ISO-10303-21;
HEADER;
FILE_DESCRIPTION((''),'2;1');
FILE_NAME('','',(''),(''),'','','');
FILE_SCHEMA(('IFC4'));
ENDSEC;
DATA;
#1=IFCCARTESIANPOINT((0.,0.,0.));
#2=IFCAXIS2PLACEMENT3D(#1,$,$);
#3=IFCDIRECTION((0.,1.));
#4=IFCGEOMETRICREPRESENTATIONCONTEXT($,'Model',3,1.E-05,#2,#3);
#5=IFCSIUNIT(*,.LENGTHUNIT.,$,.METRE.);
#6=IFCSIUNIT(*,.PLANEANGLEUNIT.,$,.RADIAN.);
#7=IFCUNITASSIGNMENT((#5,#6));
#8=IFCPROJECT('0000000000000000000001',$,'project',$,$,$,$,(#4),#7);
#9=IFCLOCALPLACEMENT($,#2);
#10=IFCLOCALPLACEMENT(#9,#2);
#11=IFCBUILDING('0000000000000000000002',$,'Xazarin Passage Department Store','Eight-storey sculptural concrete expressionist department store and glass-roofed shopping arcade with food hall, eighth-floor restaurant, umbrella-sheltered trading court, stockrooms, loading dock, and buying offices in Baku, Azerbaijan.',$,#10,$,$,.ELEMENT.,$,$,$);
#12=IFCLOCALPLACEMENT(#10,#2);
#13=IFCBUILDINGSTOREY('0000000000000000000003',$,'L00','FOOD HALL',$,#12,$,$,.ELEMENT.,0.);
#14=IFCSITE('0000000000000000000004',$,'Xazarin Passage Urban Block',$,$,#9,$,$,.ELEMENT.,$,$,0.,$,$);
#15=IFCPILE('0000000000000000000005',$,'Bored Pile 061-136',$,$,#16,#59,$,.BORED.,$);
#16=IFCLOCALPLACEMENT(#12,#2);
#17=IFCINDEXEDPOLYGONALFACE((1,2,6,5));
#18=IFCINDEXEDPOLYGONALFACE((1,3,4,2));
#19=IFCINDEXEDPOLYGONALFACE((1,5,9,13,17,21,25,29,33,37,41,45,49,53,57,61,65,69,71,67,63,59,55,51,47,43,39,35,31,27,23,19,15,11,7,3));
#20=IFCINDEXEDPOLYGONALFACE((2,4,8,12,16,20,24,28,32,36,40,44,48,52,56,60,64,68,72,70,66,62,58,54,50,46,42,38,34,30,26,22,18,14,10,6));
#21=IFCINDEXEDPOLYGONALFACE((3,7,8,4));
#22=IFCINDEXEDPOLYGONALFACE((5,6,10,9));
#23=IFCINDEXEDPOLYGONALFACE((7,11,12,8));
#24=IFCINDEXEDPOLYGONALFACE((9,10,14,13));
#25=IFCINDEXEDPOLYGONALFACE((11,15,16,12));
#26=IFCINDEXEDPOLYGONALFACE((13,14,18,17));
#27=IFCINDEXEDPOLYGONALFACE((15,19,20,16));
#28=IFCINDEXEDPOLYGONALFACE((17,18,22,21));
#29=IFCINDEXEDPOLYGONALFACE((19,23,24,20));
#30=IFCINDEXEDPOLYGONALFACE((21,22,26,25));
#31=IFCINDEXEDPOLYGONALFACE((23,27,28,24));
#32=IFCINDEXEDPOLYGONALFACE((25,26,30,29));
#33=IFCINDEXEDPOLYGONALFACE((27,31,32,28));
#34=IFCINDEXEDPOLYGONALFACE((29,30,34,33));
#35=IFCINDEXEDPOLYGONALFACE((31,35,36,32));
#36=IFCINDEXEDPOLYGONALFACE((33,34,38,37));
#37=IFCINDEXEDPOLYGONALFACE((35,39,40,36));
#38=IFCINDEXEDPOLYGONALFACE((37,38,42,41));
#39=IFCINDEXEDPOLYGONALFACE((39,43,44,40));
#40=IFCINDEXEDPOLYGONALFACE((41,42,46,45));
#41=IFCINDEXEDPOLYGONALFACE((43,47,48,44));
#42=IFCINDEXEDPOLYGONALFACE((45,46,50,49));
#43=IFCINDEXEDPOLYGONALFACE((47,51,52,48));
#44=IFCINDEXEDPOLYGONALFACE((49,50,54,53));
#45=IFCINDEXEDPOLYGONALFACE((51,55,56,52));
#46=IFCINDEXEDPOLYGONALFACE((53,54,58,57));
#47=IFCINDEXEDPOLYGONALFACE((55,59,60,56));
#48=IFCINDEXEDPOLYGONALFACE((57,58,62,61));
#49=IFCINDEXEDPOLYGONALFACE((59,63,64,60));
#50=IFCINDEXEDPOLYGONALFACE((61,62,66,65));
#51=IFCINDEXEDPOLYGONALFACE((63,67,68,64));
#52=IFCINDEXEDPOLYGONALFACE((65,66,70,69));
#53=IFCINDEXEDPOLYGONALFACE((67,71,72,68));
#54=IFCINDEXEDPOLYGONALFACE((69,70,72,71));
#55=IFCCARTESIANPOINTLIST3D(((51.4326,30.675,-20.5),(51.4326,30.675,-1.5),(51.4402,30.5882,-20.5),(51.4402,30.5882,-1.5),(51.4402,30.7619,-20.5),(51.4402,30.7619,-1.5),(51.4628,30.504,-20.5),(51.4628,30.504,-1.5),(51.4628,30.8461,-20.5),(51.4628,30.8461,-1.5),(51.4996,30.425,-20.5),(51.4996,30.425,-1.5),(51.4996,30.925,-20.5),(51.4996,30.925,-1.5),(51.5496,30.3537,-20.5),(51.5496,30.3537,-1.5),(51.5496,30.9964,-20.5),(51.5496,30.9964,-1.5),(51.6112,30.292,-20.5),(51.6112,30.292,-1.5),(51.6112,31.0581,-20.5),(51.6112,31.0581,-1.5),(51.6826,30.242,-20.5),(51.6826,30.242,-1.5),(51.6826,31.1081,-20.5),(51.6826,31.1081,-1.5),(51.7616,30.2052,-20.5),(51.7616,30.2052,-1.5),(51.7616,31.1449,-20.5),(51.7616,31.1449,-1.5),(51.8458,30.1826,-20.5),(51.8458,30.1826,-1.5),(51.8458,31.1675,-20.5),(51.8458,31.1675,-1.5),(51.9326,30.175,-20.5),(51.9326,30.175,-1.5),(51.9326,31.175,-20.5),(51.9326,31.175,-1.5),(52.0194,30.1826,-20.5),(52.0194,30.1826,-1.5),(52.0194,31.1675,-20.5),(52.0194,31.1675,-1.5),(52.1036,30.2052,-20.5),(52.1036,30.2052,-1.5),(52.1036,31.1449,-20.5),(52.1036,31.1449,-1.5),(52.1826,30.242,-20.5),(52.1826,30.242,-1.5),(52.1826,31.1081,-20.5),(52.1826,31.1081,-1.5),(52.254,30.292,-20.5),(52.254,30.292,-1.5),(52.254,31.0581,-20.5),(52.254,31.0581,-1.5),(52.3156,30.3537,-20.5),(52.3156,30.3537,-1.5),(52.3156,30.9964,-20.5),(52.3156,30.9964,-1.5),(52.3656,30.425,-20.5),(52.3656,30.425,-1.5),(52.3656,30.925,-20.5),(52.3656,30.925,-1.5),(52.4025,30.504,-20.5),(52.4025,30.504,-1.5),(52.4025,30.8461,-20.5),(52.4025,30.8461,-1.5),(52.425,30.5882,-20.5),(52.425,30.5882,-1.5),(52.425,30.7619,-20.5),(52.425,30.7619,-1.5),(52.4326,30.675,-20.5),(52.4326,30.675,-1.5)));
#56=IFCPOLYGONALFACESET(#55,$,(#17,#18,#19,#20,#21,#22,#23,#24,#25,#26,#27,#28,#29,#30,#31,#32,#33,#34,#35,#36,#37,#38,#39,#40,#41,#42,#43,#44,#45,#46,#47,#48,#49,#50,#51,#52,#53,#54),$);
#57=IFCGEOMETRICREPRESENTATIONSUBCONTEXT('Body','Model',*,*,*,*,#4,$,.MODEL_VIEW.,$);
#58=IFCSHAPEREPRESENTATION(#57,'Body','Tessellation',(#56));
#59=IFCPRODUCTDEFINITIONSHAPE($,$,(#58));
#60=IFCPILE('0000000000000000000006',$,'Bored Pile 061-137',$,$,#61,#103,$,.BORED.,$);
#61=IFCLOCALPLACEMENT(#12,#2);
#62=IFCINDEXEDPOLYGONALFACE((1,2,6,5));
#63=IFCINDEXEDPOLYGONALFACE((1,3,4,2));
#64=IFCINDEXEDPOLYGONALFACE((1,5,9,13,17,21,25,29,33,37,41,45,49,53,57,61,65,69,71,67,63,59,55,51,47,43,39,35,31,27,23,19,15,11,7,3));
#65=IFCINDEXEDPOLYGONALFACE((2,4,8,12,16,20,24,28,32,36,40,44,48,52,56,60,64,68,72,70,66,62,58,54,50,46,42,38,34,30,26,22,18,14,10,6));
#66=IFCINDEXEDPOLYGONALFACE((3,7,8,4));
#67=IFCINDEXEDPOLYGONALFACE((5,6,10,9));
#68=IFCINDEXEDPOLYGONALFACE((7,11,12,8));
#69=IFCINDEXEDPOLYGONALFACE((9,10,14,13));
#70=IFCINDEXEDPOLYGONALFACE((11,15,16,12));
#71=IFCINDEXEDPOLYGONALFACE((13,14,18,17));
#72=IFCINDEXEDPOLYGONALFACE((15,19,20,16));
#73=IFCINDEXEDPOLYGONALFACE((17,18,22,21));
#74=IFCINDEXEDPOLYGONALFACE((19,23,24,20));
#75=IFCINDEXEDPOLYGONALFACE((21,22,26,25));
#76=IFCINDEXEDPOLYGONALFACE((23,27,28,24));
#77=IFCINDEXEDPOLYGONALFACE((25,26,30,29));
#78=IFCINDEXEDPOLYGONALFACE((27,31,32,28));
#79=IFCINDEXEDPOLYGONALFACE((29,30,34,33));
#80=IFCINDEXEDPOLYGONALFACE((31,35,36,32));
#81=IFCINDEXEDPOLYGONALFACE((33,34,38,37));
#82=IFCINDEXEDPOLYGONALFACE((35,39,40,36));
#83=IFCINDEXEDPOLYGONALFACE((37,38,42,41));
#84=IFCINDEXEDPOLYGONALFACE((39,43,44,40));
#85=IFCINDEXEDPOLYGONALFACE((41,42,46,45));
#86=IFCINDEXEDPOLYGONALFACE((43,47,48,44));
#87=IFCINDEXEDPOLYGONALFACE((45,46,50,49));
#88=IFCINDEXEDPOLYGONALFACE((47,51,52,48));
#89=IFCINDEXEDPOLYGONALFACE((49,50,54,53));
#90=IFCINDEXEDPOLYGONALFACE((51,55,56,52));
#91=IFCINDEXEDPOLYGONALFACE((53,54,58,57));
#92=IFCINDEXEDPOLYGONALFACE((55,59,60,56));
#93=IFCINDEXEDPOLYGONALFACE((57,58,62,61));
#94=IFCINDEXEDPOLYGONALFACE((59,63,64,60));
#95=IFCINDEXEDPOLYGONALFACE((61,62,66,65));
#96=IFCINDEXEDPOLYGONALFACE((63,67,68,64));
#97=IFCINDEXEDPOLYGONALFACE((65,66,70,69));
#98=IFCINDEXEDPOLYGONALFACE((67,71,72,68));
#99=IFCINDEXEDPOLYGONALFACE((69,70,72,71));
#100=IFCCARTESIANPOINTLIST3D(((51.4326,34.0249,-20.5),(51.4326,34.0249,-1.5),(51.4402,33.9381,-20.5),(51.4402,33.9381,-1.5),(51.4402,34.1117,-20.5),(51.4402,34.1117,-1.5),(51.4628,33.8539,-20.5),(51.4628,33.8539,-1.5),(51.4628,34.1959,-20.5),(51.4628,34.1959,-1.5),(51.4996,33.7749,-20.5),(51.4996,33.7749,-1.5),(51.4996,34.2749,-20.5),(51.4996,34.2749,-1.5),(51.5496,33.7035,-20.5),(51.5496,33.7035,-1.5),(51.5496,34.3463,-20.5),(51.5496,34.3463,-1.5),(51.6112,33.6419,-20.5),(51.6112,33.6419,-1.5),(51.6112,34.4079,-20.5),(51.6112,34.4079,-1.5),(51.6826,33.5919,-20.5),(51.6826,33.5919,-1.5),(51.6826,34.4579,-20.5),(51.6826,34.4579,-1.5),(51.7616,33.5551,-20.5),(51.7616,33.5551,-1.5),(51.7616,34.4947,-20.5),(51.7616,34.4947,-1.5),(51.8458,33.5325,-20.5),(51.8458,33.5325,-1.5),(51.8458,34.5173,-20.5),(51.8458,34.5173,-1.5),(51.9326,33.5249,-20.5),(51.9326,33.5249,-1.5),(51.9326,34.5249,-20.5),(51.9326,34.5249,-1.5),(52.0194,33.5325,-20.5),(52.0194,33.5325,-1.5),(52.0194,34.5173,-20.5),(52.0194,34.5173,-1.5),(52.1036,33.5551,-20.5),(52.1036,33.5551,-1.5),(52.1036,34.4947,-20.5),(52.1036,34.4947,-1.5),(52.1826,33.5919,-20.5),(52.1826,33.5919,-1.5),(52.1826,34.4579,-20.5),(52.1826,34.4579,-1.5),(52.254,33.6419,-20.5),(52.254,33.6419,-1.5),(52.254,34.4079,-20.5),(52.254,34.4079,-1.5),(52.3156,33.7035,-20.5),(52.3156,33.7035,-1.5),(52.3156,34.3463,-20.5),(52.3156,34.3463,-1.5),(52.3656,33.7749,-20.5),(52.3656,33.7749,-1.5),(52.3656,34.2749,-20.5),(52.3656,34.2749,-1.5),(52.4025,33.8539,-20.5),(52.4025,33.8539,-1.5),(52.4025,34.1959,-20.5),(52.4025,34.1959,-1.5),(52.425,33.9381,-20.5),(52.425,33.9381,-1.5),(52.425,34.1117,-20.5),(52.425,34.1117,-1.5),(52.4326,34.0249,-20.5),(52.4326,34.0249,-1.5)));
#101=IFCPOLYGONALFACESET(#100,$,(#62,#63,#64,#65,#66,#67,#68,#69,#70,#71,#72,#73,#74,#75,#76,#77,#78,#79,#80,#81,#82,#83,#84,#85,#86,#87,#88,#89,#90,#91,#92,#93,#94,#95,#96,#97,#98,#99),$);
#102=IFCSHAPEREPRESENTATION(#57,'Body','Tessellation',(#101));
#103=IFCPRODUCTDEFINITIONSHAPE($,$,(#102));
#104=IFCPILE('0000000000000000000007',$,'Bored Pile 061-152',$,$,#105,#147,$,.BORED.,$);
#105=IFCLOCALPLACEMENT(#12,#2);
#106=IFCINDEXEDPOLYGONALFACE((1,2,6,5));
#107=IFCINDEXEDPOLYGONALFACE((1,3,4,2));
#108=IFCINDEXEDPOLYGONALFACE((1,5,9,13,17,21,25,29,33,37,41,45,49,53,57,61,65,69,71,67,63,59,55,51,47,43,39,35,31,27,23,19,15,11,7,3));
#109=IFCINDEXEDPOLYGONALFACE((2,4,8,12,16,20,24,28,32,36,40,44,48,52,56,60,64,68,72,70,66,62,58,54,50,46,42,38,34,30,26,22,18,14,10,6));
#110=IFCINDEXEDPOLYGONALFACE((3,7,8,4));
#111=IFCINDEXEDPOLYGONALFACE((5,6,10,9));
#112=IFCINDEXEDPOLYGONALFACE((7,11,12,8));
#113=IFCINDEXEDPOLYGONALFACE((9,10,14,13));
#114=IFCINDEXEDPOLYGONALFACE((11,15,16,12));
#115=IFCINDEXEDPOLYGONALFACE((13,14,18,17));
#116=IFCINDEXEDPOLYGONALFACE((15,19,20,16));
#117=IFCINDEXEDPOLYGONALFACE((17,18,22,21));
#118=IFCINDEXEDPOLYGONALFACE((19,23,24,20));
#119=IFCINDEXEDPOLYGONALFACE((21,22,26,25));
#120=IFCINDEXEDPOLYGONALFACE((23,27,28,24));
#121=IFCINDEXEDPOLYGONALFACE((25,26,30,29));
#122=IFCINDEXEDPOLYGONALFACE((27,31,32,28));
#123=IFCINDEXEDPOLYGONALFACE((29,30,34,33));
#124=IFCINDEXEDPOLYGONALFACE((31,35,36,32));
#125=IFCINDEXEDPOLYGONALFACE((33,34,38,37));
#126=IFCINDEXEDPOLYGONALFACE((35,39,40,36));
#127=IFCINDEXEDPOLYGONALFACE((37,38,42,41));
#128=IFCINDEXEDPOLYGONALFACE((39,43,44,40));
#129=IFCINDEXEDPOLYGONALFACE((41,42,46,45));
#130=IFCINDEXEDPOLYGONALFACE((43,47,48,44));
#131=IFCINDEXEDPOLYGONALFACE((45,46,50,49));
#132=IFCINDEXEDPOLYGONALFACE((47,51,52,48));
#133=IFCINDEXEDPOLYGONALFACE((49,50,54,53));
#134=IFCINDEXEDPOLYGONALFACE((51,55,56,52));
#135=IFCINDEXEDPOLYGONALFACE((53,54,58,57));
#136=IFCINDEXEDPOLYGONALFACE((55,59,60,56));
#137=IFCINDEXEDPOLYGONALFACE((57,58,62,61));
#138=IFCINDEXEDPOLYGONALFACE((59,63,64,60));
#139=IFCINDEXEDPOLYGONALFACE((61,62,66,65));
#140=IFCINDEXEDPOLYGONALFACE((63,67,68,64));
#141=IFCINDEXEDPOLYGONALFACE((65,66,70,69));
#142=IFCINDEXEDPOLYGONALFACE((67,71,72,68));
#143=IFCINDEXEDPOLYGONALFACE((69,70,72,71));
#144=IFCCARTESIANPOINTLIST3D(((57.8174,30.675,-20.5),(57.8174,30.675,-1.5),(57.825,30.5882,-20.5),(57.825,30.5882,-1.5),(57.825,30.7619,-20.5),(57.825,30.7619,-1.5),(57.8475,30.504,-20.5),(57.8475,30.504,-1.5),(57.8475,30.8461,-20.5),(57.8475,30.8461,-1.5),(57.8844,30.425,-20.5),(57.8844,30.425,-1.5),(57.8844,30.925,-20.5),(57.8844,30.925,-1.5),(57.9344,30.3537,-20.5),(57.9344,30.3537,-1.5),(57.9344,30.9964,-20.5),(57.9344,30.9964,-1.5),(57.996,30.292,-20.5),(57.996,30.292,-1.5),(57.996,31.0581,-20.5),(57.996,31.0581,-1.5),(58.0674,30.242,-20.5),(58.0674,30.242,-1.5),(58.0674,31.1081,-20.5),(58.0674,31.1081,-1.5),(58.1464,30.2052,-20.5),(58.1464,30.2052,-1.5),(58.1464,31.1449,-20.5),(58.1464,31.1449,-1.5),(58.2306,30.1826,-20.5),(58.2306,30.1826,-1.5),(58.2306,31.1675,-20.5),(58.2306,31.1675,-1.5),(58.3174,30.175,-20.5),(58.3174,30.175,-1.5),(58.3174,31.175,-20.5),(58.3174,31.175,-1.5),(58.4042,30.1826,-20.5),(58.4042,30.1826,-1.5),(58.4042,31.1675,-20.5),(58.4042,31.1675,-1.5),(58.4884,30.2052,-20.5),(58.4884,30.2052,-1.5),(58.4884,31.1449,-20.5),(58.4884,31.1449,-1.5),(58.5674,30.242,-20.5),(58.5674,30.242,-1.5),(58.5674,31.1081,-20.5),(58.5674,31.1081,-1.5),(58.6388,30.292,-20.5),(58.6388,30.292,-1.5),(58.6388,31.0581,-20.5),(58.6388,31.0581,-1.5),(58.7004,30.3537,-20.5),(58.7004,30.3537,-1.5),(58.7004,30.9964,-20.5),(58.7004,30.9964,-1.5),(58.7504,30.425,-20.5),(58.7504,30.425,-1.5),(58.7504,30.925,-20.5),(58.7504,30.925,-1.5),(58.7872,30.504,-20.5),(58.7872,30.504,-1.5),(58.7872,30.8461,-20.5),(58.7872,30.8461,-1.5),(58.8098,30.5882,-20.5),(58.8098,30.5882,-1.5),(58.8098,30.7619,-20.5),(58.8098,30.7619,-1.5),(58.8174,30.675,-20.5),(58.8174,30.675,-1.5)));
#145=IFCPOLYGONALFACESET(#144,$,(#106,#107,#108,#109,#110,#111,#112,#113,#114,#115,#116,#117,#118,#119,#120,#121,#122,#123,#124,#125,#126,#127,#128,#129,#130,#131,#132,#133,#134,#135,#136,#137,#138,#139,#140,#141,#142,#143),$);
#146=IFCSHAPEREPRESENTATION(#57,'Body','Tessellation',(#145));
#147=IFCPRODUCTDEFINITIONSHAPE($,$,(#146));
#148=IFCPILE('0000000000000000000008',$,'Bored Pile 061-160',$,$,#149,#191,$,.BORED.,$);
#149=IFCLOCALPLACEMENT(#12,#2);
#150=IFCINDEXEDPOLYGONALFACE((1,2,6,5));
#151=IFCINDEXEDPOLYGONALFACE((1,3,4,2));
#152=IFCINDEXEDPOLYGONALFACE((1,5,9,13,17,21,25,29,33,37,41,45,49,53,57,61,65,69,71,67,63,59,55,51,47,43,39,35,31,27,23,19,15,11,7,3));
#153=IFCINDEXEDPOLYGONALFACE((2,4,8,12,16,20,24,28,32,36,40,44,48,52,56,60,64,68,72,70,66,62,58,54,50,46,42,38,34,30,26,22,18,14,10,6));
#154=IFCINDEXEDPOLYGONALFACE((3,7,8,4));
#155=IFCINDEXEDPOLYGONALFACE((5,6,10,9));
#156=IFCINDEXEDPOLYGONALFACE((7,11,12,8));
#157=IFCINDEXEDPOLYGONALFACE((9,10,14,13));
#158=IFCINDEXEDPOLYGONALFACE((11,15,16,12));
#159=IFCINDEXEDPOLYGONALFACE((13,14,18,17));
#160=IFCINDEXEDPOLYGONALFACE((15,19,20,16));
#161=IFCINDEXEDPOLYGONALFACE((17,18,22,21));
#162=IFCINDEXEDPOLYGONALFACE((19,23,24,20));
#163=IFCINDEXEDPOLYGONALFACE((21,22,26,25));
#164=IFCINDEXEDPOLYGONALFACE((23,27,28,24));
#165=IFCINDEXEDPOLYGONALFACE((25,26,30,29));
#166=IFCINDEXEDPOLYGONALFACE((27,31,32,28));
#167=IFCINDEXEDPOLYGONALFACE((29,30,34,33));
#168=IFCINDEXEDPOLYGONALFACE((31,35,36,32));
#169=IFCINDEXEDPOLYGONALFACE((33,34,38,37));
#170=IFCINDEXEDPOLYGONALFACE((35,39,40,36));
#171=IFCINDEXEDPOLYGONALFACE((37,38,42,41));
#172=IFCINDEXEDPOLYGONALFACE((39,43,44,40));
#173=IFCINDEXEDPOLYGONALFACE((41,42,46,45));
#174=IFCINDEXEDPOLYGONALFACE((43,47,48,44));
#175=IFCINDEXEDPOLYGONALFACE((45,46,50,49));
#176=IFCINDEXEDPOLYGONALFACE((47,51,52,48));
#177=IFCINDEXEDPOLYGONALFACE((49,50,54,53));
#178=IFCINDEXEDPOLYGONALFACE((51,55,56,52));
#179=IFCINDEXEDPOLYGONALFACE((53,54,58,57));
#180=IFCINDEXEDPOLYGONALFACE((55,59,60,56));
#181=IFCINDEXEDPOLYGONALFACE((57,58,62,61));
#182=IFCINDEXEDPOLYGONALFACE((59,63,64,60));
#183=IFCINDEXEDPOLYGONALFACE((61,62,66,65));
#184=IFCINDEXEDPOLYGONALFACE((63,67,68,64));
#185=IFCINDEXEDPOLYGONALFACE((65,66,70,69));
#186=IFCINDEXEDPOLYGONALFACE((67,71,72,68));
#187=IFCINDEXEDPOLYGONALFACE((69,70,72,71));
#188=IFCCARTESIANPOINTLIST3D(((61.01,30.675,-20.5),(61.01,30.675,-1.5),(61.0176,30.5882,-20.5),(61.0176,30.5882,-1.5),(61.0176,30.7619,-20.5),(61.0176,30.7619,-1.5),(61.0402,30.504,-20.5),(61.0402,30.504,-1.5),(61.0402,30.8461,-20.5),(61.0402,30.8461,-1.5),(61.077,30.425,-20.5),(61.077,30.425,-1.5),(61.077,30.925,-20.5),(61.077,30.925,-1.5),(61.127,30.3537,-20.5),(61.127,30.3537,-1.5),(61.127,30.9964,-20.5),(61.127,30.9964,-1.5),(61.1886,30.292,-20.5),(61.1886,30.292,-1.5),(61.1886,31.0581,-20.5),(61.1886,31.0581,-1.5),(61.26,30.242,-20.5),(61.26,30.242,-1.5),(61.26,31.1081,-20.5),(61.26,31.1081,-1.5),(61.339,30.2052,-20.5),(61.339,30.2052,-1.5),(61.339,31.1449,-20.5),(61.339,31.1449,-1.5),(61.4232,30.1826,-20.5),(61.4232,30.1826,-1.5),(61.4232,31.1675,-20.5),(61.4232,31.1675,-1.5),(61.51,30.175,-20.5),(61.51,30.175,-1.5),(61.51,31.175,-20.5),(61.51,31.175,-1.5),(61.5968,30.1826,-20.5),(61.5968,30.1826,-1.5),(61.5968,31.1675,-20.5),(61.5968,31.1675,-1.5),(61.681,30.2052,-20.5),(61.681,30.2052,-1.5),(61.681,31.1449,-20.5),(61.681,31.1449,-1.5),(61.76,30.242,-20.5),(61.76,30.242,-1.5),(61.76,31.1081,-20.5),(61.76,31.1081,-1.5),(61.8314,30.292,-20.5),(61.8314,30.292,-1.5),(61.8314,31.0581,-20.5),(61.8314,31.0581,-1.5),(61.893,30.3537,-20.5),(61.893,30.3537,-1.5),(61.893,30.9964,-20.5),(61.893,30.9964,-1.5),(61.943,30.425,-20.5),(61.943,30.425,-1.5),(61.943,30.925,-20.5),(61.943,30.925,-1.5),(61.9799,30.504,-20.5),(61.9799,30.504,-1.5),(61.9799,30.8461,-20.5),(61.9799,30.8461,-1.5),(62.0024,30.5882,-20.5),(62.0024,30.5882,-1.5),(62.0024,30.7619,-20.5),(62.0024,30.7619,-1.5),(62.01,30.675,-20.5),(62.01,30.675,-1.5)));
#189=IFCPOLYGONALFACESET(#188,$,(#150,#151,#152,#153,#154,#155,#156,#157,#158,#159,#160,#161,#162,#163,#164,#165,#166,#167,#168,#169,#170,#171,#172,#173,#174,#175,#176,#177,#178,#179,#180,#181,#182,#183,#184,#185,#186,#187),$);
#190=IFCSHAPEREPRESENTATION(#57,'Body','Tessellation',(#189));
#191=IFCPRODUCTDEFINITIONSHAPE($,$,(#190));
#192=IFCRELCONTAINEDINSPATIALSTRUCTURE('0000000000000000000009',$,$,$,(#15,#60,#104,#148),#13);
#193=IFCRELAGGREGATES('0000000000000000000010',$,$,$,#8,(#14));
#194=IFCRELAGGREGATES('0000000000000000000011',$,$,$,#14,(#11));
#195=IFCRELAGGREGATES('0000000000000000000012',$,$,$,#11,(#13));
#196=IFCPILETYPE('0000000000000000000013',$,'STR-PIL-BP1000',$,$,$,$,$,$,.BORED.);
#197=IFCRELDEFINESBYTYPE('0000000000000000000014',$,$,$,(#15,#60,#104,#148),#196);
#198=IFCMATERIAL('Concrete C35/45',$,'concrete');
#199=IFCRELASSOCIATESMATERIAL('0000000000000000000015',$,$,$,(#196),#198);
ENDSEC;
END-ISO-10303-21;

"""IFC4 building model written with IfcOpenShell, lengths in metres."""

from ifc_helpers import new_model, si_unit, direction, frame, origin, origin_2d, place, context, subcontext, project, spatial, circle, extrude, material, material_profile, profile_set, type_object, element, save


model = new_model("IFC4")

# Units and contexts
model_context = context("Model", 3, precision=1e-05, world=origin(), true_north=direction((0.0, 1.0)))
body_context = subcontext(model_context, "Body", "Model", "MODEL_VIEW")
ifc_project = project(units=[si_unit("LENGTHUNIT", "METRE"), si_unit("PLANEANGLEUNIT", "RADIAN")], contexts=[model_context])

# Site, building, storey
site_placement = place(None, origin())
site = spatial("IfcSite", under=ifc_project, at=site_placement, Name="Xazarin Passage Urban Block", CompositionType="ELEMENT", RefElevation=0.0)
building_placement = place(site_placement, origin())
building = spatial("IfcBuilding", under=site, at=building_placement, Name="Xazarin Passage Department Store", Description="Eight-storey sculptural concrete expressionist department store and glass-roofed shopping arcade with food hall, eighth-floor restaurant, umbrella-sheltered trading court, stockrooms, loading dock, and buying offices in Baku, Azerbaijan.", CompositionType="ELEMENT")
storey_placement = place(building_placement, origin())
storey = spatial("IfcBuildingStorey", under=building, at=storey_placement, Name="L00", Description="FOOD HALL", CompositionType="ELEMENT", Elevation=0.0)

# Shared definitions
ifc_material_1 = material(Name="Concrete C35/45", Category="concrete")

# Piles
ifc_material_profile_1 = material_profile(ifc_material_1, circle(Radius=0.5, at=origin_2d()), Name="BP 1000")
ifc_profile_set_1 = profile_set([ifc_material_profile_1], Name="Concrete C35/45")
pile_type_1 = type_object("IfcPileType", Name="STR-PIL-BP1000", PredefinedType="BORED", material=ifc_profile_set_1)
for number, where, z_axis, x_axis, name in (
    (1, (51.9326, 30.675, -1.5), (0.0, 0.0, -1.0), (1.0, 0.0, 0.0), "Bored Pile 061-136"),
    (2, (51.9326, 34.0249, -1.5), (0.0, 0.0, -1.0), (1.0, 0.0, 0.0), "Bored Pile 061-137"),
    (3, (58.3174, 30.675, -1.5), (0.0, 0.0, -1.0), (1.0, 0.0, 0.0), "Bored Pile 061-152"),
    (4, (61.51, 30.675, -1.5), (0.0, 0.0, -1.0), (1.0, 0.0, 0.0), "Bored Pile 061-160"),
):
    element("IfcPile", number, at=place(storey_placement, frame(where, z_axis=z_axis, x_axis=x_axis)), inside=storey, type_object=pile_type_1, Name=name, PredefinedType="BORED", context=body_context, shape_type="SweptSolid", body=[
        extrude(circle(Radius=0.5, at=origin_2d()), origin(), (0.0, 0.0, 1.0), 19.0),
    ])

save(model, "model.ifc")
